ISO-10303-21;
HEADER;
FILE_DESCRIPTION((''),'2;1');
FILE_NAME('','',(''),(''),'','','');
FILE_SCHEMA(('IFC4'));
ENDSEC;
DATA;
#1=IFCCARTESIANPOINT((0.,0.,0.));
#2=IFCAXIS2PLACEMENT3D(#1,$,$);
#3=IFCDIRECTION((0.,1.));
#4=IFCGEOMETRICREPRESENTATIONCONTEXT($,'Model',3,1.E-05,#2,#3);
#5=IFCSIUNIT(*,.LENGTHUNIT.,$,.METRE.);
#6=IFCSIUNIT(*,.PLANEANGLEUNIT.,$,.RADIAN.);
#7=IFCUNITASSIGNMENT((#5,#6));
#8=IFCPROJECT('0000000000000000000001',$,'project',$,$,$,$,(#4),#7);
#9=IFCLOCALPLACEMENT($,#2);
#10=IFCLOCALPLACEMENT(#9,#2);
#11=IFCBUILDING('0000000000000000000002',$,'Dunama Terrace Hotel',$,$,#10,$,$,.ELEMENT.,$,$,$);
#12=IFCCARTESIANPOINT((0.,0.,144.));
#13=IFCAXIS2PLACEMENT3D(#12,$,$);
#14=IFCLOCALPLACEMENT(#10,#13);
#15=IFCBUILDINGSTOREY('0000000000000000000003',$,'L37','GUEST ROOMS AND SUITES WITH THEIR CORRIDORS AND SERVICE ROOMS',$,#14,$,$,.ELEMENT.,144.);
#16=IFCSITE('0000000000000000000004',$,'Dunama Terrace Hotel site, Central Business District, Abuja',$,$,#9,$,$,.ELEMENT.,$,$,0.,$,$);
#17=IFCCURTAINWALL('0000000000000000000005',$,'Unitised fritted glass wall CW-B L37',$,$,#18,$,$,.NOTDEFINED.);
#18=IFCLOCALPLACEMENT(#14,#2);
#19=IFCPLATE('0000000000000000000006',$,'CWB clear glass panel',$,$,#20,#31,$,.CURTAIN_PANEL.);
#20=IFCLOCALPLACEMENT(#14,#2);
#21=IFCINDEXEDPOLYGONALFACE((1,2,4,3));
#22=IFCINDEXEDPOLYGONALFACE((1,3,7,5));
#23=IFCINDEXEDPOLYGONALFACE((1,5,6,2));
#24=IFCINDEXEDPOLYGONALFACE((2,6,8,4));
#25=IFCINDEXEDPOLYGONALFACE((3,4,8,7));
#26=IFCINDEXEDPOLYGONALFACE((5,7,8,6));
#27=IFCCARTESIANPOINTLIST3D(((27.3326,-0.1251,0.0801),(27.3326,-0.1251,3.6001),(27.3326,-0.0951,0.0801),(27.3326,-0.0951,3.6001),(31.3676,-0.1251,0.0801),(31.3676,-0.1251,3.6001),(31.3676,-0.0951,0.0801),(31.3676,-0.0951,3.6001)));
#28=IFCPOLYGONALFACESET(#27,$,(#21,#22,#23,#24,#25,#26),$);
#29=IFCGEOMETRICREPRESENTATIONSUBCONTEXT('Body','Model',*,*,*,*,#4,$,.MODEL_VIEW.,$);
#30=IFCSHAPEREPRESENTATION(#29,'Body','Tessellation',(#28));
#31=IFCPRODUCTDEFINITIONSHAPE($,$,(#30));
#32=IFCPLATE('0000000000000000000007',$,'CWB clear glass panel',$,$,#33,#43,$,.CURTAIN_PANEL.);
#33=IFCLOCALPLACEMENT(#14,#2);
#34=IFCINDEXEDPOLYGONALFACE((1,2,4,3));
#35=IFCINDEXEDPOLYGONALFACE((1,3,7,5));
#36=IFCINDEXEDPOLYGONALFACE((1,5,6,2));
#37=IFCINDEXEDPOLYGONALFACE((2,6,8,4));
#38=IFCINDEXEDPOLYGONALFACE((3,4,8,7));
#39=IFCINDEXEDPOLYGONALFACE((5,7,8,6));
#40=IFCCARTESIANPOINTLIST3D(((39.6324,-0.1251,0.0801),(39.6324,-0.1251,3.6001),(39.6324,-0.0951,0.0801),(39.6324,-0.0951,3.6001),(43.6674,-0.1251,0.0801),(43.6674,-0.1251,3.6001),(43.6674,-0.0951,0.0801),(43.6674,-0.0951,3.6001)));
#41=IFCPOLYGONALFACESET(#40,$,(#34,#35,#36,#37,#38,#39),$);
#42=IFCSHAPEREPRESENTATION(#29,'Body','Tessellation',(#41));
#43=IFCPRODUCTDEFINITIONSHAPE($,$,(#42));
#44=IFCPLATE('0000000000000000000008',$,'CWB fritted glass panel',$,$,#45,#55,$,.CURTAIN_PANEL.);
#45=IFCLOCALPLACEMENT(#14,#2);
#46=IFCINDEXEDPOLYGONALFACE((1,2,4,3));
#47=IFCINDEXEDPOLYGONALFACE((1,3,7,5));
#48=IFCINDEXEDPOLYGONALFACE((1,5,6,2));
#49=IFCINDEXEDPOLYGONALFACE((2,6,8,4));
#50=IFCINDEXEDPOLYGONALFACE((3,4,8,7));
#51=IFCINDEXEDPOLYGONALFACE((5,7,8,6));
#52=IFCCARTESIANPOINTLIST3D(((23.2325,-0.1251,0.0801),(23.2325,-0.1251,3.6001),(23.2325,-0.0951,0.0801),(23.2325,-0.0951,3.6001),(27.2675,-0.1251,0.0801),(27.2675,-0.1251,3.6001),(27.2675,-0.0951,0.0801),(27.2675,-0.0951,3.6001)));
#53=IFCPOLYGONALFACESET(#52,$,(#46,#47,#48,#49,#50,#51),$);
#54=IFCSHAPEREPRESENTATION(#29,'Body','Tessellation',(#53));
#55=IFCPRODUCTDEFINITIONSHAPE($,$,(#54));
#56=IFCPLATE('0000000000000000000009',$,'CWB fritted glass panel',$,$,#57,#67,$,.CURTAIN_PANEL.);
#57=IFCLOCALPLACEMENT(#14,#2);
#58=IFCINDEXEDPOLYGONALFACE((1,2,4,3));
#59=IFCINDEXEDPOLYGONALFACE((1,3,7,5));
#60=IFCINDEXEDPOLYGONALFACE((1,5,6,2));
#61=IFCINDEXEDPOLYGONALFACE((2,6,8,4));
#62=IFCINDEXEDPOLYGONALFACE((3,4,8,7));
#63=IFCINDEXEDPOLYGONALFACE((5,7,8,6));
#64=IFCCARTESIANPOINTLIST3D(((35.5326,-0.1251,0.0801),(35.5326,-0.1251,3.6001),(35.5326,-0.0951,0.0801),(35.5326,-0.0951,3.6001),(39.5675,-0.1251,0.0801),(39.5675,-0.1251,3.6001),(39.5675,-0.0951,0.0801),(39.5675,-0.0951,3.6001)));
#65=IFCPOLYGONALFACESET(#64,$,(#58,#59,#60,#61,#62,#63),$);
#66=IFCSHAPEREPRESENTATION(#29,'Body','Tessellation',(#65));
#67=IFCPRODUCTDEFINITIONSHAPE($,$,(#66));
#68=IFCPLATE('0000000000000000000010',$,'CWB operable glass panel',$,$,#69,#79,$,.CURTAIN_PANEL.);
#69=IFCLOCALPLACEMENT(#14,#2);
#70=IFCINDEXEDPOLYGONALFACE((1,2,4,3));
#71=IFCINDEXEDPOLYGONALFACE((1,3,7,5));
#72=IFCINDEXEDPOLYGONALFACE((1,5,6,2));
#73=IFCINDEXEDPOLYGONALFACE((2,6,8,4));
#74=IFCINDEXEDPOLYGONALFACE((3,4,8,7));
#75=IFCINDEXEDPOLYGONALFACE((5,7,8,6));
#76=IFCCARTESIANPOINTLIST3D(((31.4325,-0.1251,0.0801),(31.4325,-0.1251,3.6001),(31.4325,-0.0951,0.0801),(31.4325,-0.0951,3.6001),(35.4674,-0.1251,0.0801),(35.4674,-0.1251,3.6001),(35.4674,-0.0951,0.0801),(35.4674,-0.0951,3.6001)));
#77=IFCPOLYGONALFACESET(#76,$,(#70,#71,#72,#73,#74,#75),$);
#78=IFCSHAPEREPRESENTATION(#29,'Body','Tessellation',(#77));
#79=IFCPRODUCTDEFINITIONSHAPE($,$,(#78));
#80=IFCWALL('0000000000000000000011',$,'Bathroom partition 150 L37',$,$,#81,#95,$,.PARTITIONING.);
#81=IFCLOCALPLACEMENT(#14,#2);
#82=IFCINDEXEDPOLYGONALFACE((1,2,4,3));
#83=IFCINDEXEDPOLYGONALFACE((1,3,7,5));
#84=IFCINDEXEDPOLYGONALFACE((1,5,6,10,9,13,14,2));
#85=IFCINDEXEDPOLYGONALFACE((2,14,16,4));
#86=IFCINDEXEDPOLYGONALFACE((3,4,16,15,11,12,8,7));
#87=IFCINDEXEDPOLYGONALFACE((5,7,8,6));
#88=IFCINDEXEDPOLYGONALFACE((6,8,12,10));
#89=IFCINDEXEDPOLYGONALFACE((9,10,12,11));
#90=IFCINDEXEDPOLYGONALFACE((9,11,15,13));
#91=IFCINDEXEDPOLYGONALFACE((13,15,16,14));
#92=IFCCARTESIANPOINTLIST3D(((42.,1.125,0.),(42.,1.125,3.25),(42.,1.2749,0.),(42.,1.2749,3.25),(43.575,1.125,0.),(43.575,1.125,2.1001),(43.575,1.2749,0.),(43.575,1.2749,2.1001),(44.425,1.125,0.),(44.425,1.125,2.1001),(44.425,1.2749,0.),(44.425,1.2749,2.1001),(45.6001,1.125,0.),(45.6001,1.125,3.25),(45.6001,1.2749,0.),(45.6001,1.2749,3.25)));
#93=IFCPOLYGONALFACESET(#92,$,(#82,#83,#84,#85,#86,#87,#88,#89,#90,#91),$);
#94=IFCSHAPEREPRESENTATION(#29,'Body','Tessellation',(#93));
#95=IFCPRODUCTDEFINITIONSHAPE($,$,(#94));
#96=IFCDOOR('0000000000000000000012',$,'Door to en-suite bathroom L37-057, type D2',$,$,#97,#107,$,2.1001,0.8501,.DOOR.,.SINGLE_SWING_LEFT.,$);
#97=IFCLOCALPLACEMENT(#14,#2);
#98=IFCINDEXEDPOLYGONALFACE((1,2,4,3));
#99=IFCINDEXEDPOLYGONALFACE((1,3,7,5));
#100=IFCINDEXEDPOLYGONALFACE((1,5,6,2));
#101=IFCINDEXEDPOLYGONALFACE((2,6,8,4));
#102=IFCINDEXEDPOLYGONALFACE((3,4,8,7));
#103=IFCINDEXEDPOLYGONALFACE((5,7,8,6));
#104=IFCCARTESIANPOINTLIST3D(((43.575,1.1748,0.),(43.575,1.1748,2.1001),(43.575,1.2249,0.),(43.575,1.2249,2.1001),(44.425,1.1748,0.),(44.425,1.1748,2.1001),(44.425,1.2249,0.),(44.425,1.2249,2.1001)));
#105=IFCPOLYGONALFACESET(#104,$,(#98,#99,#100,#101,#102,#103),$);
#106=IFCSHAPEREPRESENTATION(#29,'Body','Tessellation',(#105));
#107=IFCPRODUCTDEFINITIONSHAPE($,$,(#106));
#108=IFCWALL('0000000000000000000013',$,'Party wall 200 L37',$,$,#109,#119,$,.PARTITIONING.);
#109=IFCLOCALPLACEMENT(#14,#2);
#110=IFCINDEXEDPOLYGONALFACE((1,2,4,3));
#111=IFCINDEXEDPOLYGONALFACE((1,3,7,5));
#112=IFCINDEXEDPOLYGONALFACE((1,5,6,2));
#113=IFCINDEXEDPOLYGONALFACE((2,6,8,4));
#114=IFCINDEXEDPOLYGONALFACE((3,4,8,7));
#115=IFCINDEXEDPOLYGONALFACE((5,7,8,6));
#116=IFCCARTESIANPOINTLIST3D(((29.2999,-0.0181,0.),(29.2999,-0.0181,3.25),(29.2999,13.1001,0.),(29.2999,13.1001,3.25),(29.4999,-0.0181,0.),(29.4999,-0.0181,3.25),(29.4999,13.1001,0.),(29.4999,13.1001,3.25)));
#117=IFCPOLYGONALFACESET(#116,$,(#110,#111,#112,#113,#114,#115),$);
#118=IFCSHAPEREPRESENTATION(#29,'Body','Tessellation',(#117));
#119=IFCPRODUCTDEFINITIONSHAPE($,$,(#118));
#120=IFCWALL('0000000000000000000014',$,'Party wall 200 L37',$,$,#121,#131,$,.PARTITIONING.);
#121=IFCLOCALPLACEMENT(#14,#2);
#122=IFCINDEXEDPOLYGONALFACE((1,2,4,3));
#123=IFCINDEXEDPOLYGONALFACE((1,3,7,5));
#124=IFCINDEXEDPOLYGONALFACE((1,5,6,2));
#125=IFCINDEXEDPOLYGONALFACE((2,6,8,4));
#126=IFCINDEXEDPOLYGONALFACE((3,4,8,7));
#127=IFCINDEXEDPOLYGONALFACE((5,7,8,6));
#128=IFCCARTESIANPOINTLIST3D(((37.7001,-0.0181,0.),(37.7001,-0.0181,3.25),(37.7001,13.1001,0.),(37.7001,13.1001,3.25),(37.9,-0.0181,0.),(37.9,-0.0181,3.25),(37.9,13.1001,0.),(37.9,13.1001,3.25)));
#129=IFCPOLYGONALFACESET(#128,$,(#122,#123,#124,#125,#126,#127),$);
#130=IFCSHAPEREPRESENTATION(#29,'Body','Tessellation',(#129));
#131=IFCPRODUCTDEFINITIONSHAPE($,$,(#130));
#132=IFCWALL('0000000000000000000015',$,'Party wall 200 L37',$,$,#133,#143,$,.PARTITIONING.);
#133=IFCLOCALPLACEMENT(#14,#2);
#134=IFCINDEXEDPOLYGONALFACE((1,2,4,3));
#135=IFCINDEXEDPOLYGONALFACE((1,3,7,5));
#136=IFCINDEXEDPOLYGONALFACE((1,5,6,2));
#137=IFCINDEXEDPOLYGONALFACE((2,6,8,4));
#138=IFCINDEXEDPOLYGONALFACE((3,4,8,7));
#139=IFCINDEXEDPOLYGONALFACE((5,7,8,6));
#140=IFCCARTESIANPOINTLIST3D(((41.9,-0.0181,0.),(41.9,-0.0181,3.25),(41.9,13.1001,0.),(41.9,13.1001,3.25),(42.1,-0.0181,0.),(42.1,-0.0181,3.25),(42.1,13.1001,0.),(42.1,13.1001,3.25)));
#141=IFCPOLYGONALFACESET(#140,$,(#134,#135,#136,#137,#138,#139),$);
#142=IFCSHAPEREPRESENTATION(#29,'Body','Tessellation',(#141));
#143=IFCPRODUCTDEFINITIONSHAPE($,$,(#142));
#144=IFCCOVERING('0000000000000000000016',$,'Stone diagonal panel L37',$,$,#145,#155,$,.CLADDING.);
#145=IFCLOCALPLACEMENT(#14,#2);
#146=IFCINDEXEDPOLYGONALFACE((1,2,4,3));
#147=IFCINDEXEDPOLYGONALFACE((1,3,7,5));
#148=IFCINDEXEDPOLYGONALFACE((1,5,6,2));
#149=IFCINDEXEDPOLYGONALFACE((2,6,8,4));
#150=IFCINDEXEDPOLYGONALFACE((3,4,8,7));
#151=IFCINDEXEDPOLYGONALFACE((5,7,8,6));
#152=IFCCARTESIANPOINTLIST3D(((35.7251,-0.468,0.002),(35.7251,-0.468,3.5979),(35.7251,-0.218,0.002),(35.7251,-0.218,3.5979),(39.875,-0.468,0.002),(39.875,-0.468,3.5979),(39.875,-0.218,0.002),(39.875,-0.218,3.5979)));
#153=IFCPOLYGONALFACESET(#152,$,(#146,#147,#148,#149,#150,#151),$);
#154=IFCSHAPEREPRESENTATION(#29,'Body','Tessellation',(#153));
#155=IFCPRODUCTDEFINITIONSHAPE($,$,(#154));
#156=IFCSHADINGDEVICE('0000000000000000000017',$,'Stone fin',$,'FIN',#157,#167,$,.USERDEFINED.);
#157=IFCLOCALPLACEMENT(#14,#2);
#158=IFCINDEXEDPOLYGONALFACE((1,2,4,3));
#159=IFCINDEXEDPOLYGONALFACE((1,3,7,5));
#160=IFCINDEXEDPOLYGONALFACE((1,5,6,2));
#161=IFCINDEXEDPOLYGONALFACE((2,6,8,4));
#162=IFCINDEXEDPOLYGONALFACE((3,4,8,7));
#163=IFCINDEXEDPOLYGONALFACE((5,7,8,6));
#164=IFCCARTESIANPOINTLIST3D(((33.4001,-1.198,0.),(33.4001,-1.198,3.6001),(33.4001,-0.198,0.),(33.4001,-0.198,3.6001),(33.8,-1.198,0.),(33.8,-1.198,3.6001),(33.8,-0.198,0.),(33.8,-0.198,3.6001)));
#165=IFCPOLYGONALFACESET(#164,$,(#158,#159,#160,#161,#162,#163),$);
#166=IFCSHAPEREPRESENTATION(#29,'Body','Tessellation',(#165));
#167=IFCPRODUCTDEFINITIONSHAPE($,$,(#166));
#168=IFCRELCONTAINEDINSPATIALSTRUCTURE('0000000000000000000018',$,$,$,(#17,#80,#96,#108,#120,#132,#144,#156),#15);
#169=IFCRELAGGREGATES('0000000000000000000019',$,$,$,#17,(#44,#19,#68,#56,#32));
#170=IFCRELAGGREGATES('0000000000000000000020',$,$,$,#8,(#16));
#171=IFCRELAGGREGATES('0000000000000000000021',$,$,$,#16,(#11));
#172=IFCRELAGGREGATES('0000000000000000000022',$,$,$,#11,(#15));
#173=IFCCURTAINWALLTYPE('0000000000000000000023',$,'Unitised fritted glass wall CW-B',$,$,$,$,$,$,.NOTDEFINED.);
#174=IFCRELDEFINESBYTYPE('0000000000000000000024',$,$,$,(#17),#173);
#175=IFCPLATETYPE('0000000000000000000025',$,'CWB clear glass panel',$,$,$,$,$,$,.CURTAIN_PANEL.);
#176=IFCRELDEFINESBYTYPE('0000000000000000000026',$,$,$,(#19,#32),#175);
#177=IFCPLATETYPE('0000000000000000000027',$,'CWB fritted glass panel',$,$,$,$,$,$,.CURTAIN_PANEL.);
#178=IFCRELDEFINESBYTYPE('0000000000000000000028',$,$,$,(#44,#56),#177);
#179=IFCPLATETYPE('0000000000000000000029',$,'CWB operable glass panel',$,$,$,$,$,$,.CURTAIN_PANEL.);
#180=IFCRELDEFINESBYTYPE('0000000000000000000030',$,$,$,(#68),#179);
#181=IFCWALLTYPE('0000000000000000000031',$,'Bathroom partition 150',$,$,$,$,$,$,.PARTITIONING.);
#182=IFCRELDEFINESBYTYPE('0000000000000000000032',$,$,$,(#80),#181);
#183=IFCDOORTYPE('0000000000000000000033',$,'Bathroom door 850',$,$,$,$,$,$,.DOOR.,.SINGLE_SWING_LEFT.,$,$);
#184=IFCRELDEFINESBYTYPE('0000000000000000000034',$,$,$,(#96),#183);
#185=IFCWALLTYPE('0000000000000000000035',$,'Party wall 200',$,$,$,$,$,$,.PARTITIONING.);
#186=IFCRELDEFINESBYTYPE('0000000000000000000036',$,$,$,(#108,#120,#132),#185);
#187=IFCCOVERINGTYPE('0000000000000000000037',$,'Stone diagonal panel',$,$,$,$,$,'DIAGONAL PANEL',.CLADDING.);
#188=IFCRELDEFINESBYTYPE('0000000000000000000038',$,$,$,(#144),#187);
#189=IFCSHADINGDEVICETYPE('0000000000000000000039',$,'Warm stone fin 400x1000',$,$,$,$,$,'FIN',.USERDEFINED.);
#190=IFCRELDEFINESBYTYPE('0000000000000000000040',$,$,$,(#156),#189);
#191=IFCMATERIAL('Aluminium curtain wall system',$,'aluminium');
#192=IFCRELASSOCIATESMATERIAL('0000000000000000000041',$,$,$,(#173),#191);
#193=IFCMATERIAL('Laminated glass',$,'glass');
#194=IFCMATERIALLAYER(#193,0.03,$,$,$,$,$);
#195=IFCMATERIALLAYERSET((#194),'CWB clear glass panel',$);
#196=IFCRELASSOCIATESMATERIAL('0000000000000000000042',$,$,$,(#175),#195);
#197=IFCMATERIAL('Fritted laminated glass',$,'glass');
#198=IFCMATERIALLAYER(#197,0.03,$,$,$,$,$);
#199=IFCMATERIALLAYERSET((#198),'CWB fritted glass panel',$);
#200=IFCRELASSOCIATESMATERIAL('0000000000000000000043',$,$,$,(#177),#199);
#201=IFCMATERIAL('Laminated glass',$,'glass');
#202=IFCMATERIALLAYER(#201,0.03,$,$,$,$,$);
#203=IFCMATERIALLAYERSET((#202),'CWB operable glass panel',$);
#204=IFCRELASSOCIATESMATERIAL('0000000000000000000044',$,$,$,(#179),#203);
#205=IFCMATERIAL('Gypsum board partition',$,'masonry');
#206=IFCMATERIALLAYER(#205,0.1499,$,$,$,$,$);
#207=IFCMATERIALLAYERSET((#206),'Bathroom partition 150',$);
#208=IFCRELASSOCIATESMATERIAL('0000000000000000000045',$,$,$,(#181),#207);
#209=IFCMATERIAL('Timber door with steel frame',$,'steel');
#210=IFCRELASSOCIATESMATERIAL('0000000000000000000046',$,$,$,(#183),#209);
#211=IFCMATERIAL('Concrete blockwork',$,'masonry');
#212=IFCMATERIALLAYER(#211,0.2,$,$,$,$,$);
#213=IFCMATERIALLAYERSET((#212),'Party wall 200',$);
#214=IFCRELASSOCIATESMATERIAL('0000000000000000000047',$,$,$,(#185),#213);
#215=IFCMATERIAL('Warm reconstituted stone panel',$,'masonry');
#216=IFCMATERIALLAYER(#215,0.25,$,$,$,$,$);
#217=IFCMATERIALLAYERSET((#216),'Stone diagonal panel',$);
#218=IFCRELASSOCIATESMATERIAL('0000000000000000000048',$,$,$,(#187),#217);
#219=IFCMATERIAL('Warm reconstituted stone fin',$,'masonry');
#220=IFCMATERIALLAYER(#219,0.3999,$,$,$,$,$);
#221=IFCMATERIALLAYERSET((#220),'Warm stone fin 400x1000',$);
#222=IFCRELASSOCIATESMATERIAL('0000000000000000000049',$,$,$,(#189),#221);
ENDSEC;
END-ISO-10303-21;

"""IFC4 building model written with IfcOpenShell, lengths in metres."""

from ifc_helpers import new_model, si_unit, direction, frame, frame_2d, origin, origin_2d, place, context, subcontext, project, spatial, rectangle, extrude, material, layer, layer_set, type_object, element, fill, aggregate, save


model = new_model("IFC4")

# Units and contexts
model_context = context("Model", 3, precision=1e-05, world=origin(), true_north=direction((0.0, 1.0)))
body_context = subcontext(model_context, "Body", "Model", "MODEL_VIEW")
ifc_project = project(units=[si_unit("LENGTHUNIT", "METRE"), si_unit("PLANEANGLEUNIT", "RADIAN")], contexts=[model_context])

# Site, building, storey
site_placement = place(None, origin())
site = spatial("IfcSite", under=ifc_project, at=site_placement, Name="Dunama Terrace Hotel site, Central Business District, Abuja", CompositionType="ELEMENT", RefElevation=0.0)
building_placement = place(site_placement, origin())
building = spatial("IfcBuilding", under=site, at=building_placement, Name="Dunama Terrace Hotel", CompositionType="ELEMENT")
storey_placement = place(building_placement, frame((0.0, 0.0, 144.0)))
storey = spatial("IfcBuildingStorey", under=building, at=storey_placement, Name="L37", Description="GUEST ROOMS AND SUITES WITH THEIR CORRIDORS AND SERVICE ROOMS", CompositionType="ELEMENT", Elevation=144.0)

# Curtain wall
ifc_material_1 = material(Name="Aluminium curtain wall system", Category="aluminium")
curtain_wall_type = type_object("IfcCurtainWallType", Name="Unitised fritted glass wall CW-B", PredefinedType="NOTDEFINED", material=ifc_material_1)
curtain_wall_placement = place(storey_placement, origin())
curtain_wall = element("IfcCurtainWall", 1, at=curtain_wall_placement, inside=storey, type_object=curtain_wall_type, Name="Unitised fritted glass wall CW-B L37", PredefinedType="NOTDEFINED")

# Plates
ifc_material_2 = material(Name="Laminated glass", Category="glass")
ifc_layer_1 = layer(ifc_material_2, 0.03)
ifc_layer_set_1 = layer_set([ifc_layer_1], Name="CWB clear glass panel")
plate_type_1 = type_object("IfcPlateType", Name="CWB clear glass panel", PredefinedType="CURTAIN_PANEL", material=ifc_layer_set_1)
plate_1_placement = place(storey_placement, frame((29.3501, -0.1101, 0.0801), z_axis=(0.0, 0.0, 1.0), x_axis=(1.0, 0.0, 0.0)))
plate_1 = element("IfcPlate", 2, at=plate_1_placement, type_object=plate_type_1, Name="CWB clear glass panel", PredefinedType="CURTAIN_PANEL", context=body_context, shape_type="SweptSolid", body=[
    extrude(rectangle(XDim=4.0349, YDim=0.03, at=origin_2d()), origin(), (0.0, 0.0, 1.0), 3.52),
])
plate_2_placement = place(storey_placement, frame((41.6499, -0.1101, 0.0801), z_axis=(0.0, 0.0, 1.0), x_axis=(1.0, 0.0, 0.0)))
plate_2 = element("IfcPlate", 3, at=plate_2_placement, type_object=plate_type_1, Name="CWB clear glass panel", PredefinedType="CURTAIN_PANEL", context=body_context, shape_type="SweptSolid", body=[
    extrude(rectangle(XDim=4.0349, YDim=0.03, at=origin_2d()), origin(), (0.0, 0.0, 1.0), 3.52),
])
ifc_material_3 = material(Name="Fritted laminated glass", Category="glass")
ifc_layer_2 = layer(ifc_material_3, 0.03)
ifc_layer_set_2 = layer_set([ifc_layer_2], Name="CWB fritted glass panel")
plate_type_2 = type_object("IfcPlateType", Name="CWB fritted glass panel", PredefinedType="CURTAIN_PANEL", material=ifc_layer_set_2)
plate_3_placement = place(storey_placement, frame((25.25, -0.1101, 0.0801), z_axis=(0.0, 0.0, 1.0), x_axis=(1.0, 0.0, 0.0)))
plate_3 = element("IfcPlate", 4, at=plate_3_placement, type_object=plate_type_2, Name="CWB fritted glass panel", PredefinedType="CURTAIN_PANEL", context=body_context, shape_type="SweptSolid", body=[
    extrude(rectangle(XDim=4.0349, YDim=0.03, at=origin_2d()), origin(), (0.0, 0.0, 1.0), 3.52),
])
plate_4_placement = place(storey_placement, frame((37.55, -0.1101, 0.0801), z_axis=(0.0, 0.0, 1.0), x_axis=(1.0, 0.0, 0.0)))
plate_4 = element("IfcPlate", 5, at=plate_4_placement, type_object=plate_type_2, Name="CWB fritted glass panel", PredefinedType="CURTAIN_PANEL", context=body_context, shape_type="SweptSolid", body=[
    extrude(rectangle(XDim=4.0349, YDim=0.03, at=origin_2d()), origin(), (0.0, 0.0, 1.0), 3.52),
])
ifc_material_4 = material(Name="Laminated glass", Category="glass")
ifc_layer_3 = layer(ifc_material_4, 0.03)
ifc_layer_set_3 = layer_set([ifc_layer_3], Name="CWB operable glass panel")
plate_type_3 = type_object("IfcPlateType", Name="CWB operable glass panel", PredefinedType="CURTAIN_PANEL", material=ifc_layer_set_3)
plate_5_placement = place(storey_placement, frame((33.45, -0.1101, 0.0801), z_axis=(0.0, 0.0, 1.0), x_axis=(1.0, 0.0, 0.0)))
plate_5 = element("IfcPlate", 6, at=plate_5_placement, type_object=plate_type_3, Name="CWB operable glass panel", PredefinedType="CURTAIN_PANEL", context=body_context, shape_type="SweptSolid", body=[
    extrude(rectangle(XDim=4.0349, YDim=0.03, at=origin_2d()), origin(), (0.0, 0.0, 1.0), 3.52),
])
aggregate(curtain_wall, [plate_3, plate_1, plate_5, plate_4, plate_2])

# Wall, opening, door
ifc_material_5 = material(Name="Gypsum board partition", Category="masonry")
ifc_layer_4 = layer(ifc_material_5, 0.1499)
ifc_layer_set_4 = layer_set([ifc_layer_4], Name="Bathroom partition 150")
wall_type_1 = type_object("IfcWallType", Name="Bathroom partition 150", PredefinedType="PARTITIONING", material=ifc_layer_set_4)
wall_placement = place(storey_placement, frame((42.0, 1.2, 0.0), z_axis=(0.0, 0.0, 1.0), x_axis=(1.0, 0.0, 0.0)))
wall = element("IfcWall", 7, at=wall_placement, inside=storey, type_object=wall_type_1, Name="Bathroom partition 150 L37", PredefinedType="PARTITIONING", context=body_context, shape_type="SweptSolid", body=[
    extrude(rectangle(XDim=3.6001, YDim=0.1499, at=frame_2d((1.8, 0.0))), origin(), (0.0, 0.0, 1.0), 3.25),
])
opening_placement = place(wall_placement, frame((1.575, 0.0, 0.0)))
opening = element("IfcOpeningElement", 8, at=opening_placement, cuts=wall, PredefinedType="OPENING", context=body_context, shape_type="SweptSolid", body=[
    extrude(rectangle(XDim=0.8501, YDim=2.1001, at=frame_2d((0.425, 1.05))), frame((0.0, 0.085, 0.0), z_axis=(0.0, -1.0, 0.0), x_axis=(1.0, 0.0, 0.0)), (0.0, 0.0, 1.0), 0.1699),
])
ifc_material_6 = material(Name="Timber door with steel frame", Category="steel")
door_type = type_object("IfcDoorType", Name="Bathroom door 850", OperationType="SINGLE_SWING_LEFT", PredefinedType="DOOR", material=ifc_material_6)
door_placement = place(opening_placement, origin())
door = element("IfcDoor", 9, at=door_placement, inside=storey, type_object=door_type, Name="Door to en-suite bathroom L37-057, type D2", OperationType="SINGLE_SWING_LEFT", OverallHeight=2.1001, OverallWidth=0.8501, PredefinedType="DOOR", context=body_context, shape_type="SweptSolid", body=[
    extrude(rectangle(XDim=0.8501, YDim=2.1001, at=frame_2d((0.425, 1.05))), frame((0.0, 0.0249, 0.0), z_axis=(0.0, -1.0, 0.0), x_axis=(1.0, 0.0, 0.0)), (0.0, 0.0, 1.0), 0.05),
])
fill(opening, door)

# Walls
ifc_material_7 = material(Name="Concrete blockwork", Category="masonry")
ifc_layer_5 = layer(ifc_material_7, 0.2)
ifc_layer_set_5 = layer_set([ifc_layer_5], Name="Party wall 200")
wall_type_2 = type_object("IfcWallType", Name="Party wall 200", PredefinedType="PARTITIONING", material=ifc_layer_set_5)
for number, where, z_axis, x_axis, name in (
    (10, (29.3999, -0.0181, 0.0), (0.0, 0.0, 1.0), (0.0, 1.0, 0.0), "Party wall 200 L37"),
    (11, (37.8, -0.0181, 0.0), (0.0, 0.0, 1.0), (0.0, 1.0, 0.0), "Party wall 200 L37"),
    (12, (42.0, -0.0181, 0.0), (0.0, 0.0, 1.0), (0.0, 1.0, 0.0), "Party wall 200 L37"),
):
    element("IfcWall", number, at=place(storey_placement, frame(where, z_axis=z_axis, x_axis=x_axis)), inside=storey, type_object=wall_type_2, Name=name, PredefinedType="PARTITIONING", context=body_context, shape_type="SweptSolid", body=[
        extrude(rectangle(XDim=13.1182, YDim=0.2, at=frame_2d((6.5591, 0.0))), origin(), (0.0, 0.0, 1.0), 3.25),
    ])

# Covering
ifc_material_8 = material(Name="Warm reconstituted stone panel", Category="masonry")
ifc_layer_6 = layer(ifc_material_8, 0.25)
ifc_layer_set_6 = layer_set([ifc_layer_6], Name="Stone diagonal panel")
covering_type = type_object("IfcCoveringType", Name="Stone diagonal panel", ElementType="DIAGONAL PANEL", PredefinedType="CLADDING", material=ifc_layer_set_6)
covering_placement = place(storey_placement, frame((37.8, -0.343, 0.002), z_axis=(0.0, 0.0, 1.0), x_axis=(1.0, 0.0, 0.0)))
element("IfcCovering", 13, at=covering_placement, inside=storey, type_object=covering_type, Name="Stone diagonal panel L37", PredefinedType="CLADDING", context=body_context, shape_type="SweptSolid", body=[
    extrude(rectangle(XDim=4.1499, YDim=0.25, at=origin_2d()), origin(), (0.0, 0.0, 1.0), 3.5959),
])

# Shading device
ifc_material_9 = material(Name="Warm reconstituted stone fin", Category="masonry")
ifc_layer_7 = layer(ifc_material_9, 0.3999)
ifc_layer_set_7 = layer_set([ifc_layer_7], Name="Warm stone fin 400x1000")
shading_device_type = type_object("IfcShadingDeviceType", Name="Warm stone fin 400x1000", ElementType="FIN", PredefinedType="USERDEFINED", material=ifc_layer_set_7)
shading_device_placement = place(storey_placement, frame((33.6001, -0.698, 0.0), z_axis=(0.0, 0.0, 1.0), x_axis=(1.0, 0.0, 0.0)))
element("IfcShadingDevice", 14, at=shading_device_placement, inside=storey, type_object=shading_device_type, Name="Stone fin", ObjectType="FIN", PredefinedType="USERDEFINED", context=body_context, shape_type="SweptSolid", body=[
    extrude(rectangle(XDim=0.3999, YDim=1.0, at=origin_2d()), origin(), (0.0, 0.0, 1.0), 3.6001),
])

save(model, "model.ifc")
